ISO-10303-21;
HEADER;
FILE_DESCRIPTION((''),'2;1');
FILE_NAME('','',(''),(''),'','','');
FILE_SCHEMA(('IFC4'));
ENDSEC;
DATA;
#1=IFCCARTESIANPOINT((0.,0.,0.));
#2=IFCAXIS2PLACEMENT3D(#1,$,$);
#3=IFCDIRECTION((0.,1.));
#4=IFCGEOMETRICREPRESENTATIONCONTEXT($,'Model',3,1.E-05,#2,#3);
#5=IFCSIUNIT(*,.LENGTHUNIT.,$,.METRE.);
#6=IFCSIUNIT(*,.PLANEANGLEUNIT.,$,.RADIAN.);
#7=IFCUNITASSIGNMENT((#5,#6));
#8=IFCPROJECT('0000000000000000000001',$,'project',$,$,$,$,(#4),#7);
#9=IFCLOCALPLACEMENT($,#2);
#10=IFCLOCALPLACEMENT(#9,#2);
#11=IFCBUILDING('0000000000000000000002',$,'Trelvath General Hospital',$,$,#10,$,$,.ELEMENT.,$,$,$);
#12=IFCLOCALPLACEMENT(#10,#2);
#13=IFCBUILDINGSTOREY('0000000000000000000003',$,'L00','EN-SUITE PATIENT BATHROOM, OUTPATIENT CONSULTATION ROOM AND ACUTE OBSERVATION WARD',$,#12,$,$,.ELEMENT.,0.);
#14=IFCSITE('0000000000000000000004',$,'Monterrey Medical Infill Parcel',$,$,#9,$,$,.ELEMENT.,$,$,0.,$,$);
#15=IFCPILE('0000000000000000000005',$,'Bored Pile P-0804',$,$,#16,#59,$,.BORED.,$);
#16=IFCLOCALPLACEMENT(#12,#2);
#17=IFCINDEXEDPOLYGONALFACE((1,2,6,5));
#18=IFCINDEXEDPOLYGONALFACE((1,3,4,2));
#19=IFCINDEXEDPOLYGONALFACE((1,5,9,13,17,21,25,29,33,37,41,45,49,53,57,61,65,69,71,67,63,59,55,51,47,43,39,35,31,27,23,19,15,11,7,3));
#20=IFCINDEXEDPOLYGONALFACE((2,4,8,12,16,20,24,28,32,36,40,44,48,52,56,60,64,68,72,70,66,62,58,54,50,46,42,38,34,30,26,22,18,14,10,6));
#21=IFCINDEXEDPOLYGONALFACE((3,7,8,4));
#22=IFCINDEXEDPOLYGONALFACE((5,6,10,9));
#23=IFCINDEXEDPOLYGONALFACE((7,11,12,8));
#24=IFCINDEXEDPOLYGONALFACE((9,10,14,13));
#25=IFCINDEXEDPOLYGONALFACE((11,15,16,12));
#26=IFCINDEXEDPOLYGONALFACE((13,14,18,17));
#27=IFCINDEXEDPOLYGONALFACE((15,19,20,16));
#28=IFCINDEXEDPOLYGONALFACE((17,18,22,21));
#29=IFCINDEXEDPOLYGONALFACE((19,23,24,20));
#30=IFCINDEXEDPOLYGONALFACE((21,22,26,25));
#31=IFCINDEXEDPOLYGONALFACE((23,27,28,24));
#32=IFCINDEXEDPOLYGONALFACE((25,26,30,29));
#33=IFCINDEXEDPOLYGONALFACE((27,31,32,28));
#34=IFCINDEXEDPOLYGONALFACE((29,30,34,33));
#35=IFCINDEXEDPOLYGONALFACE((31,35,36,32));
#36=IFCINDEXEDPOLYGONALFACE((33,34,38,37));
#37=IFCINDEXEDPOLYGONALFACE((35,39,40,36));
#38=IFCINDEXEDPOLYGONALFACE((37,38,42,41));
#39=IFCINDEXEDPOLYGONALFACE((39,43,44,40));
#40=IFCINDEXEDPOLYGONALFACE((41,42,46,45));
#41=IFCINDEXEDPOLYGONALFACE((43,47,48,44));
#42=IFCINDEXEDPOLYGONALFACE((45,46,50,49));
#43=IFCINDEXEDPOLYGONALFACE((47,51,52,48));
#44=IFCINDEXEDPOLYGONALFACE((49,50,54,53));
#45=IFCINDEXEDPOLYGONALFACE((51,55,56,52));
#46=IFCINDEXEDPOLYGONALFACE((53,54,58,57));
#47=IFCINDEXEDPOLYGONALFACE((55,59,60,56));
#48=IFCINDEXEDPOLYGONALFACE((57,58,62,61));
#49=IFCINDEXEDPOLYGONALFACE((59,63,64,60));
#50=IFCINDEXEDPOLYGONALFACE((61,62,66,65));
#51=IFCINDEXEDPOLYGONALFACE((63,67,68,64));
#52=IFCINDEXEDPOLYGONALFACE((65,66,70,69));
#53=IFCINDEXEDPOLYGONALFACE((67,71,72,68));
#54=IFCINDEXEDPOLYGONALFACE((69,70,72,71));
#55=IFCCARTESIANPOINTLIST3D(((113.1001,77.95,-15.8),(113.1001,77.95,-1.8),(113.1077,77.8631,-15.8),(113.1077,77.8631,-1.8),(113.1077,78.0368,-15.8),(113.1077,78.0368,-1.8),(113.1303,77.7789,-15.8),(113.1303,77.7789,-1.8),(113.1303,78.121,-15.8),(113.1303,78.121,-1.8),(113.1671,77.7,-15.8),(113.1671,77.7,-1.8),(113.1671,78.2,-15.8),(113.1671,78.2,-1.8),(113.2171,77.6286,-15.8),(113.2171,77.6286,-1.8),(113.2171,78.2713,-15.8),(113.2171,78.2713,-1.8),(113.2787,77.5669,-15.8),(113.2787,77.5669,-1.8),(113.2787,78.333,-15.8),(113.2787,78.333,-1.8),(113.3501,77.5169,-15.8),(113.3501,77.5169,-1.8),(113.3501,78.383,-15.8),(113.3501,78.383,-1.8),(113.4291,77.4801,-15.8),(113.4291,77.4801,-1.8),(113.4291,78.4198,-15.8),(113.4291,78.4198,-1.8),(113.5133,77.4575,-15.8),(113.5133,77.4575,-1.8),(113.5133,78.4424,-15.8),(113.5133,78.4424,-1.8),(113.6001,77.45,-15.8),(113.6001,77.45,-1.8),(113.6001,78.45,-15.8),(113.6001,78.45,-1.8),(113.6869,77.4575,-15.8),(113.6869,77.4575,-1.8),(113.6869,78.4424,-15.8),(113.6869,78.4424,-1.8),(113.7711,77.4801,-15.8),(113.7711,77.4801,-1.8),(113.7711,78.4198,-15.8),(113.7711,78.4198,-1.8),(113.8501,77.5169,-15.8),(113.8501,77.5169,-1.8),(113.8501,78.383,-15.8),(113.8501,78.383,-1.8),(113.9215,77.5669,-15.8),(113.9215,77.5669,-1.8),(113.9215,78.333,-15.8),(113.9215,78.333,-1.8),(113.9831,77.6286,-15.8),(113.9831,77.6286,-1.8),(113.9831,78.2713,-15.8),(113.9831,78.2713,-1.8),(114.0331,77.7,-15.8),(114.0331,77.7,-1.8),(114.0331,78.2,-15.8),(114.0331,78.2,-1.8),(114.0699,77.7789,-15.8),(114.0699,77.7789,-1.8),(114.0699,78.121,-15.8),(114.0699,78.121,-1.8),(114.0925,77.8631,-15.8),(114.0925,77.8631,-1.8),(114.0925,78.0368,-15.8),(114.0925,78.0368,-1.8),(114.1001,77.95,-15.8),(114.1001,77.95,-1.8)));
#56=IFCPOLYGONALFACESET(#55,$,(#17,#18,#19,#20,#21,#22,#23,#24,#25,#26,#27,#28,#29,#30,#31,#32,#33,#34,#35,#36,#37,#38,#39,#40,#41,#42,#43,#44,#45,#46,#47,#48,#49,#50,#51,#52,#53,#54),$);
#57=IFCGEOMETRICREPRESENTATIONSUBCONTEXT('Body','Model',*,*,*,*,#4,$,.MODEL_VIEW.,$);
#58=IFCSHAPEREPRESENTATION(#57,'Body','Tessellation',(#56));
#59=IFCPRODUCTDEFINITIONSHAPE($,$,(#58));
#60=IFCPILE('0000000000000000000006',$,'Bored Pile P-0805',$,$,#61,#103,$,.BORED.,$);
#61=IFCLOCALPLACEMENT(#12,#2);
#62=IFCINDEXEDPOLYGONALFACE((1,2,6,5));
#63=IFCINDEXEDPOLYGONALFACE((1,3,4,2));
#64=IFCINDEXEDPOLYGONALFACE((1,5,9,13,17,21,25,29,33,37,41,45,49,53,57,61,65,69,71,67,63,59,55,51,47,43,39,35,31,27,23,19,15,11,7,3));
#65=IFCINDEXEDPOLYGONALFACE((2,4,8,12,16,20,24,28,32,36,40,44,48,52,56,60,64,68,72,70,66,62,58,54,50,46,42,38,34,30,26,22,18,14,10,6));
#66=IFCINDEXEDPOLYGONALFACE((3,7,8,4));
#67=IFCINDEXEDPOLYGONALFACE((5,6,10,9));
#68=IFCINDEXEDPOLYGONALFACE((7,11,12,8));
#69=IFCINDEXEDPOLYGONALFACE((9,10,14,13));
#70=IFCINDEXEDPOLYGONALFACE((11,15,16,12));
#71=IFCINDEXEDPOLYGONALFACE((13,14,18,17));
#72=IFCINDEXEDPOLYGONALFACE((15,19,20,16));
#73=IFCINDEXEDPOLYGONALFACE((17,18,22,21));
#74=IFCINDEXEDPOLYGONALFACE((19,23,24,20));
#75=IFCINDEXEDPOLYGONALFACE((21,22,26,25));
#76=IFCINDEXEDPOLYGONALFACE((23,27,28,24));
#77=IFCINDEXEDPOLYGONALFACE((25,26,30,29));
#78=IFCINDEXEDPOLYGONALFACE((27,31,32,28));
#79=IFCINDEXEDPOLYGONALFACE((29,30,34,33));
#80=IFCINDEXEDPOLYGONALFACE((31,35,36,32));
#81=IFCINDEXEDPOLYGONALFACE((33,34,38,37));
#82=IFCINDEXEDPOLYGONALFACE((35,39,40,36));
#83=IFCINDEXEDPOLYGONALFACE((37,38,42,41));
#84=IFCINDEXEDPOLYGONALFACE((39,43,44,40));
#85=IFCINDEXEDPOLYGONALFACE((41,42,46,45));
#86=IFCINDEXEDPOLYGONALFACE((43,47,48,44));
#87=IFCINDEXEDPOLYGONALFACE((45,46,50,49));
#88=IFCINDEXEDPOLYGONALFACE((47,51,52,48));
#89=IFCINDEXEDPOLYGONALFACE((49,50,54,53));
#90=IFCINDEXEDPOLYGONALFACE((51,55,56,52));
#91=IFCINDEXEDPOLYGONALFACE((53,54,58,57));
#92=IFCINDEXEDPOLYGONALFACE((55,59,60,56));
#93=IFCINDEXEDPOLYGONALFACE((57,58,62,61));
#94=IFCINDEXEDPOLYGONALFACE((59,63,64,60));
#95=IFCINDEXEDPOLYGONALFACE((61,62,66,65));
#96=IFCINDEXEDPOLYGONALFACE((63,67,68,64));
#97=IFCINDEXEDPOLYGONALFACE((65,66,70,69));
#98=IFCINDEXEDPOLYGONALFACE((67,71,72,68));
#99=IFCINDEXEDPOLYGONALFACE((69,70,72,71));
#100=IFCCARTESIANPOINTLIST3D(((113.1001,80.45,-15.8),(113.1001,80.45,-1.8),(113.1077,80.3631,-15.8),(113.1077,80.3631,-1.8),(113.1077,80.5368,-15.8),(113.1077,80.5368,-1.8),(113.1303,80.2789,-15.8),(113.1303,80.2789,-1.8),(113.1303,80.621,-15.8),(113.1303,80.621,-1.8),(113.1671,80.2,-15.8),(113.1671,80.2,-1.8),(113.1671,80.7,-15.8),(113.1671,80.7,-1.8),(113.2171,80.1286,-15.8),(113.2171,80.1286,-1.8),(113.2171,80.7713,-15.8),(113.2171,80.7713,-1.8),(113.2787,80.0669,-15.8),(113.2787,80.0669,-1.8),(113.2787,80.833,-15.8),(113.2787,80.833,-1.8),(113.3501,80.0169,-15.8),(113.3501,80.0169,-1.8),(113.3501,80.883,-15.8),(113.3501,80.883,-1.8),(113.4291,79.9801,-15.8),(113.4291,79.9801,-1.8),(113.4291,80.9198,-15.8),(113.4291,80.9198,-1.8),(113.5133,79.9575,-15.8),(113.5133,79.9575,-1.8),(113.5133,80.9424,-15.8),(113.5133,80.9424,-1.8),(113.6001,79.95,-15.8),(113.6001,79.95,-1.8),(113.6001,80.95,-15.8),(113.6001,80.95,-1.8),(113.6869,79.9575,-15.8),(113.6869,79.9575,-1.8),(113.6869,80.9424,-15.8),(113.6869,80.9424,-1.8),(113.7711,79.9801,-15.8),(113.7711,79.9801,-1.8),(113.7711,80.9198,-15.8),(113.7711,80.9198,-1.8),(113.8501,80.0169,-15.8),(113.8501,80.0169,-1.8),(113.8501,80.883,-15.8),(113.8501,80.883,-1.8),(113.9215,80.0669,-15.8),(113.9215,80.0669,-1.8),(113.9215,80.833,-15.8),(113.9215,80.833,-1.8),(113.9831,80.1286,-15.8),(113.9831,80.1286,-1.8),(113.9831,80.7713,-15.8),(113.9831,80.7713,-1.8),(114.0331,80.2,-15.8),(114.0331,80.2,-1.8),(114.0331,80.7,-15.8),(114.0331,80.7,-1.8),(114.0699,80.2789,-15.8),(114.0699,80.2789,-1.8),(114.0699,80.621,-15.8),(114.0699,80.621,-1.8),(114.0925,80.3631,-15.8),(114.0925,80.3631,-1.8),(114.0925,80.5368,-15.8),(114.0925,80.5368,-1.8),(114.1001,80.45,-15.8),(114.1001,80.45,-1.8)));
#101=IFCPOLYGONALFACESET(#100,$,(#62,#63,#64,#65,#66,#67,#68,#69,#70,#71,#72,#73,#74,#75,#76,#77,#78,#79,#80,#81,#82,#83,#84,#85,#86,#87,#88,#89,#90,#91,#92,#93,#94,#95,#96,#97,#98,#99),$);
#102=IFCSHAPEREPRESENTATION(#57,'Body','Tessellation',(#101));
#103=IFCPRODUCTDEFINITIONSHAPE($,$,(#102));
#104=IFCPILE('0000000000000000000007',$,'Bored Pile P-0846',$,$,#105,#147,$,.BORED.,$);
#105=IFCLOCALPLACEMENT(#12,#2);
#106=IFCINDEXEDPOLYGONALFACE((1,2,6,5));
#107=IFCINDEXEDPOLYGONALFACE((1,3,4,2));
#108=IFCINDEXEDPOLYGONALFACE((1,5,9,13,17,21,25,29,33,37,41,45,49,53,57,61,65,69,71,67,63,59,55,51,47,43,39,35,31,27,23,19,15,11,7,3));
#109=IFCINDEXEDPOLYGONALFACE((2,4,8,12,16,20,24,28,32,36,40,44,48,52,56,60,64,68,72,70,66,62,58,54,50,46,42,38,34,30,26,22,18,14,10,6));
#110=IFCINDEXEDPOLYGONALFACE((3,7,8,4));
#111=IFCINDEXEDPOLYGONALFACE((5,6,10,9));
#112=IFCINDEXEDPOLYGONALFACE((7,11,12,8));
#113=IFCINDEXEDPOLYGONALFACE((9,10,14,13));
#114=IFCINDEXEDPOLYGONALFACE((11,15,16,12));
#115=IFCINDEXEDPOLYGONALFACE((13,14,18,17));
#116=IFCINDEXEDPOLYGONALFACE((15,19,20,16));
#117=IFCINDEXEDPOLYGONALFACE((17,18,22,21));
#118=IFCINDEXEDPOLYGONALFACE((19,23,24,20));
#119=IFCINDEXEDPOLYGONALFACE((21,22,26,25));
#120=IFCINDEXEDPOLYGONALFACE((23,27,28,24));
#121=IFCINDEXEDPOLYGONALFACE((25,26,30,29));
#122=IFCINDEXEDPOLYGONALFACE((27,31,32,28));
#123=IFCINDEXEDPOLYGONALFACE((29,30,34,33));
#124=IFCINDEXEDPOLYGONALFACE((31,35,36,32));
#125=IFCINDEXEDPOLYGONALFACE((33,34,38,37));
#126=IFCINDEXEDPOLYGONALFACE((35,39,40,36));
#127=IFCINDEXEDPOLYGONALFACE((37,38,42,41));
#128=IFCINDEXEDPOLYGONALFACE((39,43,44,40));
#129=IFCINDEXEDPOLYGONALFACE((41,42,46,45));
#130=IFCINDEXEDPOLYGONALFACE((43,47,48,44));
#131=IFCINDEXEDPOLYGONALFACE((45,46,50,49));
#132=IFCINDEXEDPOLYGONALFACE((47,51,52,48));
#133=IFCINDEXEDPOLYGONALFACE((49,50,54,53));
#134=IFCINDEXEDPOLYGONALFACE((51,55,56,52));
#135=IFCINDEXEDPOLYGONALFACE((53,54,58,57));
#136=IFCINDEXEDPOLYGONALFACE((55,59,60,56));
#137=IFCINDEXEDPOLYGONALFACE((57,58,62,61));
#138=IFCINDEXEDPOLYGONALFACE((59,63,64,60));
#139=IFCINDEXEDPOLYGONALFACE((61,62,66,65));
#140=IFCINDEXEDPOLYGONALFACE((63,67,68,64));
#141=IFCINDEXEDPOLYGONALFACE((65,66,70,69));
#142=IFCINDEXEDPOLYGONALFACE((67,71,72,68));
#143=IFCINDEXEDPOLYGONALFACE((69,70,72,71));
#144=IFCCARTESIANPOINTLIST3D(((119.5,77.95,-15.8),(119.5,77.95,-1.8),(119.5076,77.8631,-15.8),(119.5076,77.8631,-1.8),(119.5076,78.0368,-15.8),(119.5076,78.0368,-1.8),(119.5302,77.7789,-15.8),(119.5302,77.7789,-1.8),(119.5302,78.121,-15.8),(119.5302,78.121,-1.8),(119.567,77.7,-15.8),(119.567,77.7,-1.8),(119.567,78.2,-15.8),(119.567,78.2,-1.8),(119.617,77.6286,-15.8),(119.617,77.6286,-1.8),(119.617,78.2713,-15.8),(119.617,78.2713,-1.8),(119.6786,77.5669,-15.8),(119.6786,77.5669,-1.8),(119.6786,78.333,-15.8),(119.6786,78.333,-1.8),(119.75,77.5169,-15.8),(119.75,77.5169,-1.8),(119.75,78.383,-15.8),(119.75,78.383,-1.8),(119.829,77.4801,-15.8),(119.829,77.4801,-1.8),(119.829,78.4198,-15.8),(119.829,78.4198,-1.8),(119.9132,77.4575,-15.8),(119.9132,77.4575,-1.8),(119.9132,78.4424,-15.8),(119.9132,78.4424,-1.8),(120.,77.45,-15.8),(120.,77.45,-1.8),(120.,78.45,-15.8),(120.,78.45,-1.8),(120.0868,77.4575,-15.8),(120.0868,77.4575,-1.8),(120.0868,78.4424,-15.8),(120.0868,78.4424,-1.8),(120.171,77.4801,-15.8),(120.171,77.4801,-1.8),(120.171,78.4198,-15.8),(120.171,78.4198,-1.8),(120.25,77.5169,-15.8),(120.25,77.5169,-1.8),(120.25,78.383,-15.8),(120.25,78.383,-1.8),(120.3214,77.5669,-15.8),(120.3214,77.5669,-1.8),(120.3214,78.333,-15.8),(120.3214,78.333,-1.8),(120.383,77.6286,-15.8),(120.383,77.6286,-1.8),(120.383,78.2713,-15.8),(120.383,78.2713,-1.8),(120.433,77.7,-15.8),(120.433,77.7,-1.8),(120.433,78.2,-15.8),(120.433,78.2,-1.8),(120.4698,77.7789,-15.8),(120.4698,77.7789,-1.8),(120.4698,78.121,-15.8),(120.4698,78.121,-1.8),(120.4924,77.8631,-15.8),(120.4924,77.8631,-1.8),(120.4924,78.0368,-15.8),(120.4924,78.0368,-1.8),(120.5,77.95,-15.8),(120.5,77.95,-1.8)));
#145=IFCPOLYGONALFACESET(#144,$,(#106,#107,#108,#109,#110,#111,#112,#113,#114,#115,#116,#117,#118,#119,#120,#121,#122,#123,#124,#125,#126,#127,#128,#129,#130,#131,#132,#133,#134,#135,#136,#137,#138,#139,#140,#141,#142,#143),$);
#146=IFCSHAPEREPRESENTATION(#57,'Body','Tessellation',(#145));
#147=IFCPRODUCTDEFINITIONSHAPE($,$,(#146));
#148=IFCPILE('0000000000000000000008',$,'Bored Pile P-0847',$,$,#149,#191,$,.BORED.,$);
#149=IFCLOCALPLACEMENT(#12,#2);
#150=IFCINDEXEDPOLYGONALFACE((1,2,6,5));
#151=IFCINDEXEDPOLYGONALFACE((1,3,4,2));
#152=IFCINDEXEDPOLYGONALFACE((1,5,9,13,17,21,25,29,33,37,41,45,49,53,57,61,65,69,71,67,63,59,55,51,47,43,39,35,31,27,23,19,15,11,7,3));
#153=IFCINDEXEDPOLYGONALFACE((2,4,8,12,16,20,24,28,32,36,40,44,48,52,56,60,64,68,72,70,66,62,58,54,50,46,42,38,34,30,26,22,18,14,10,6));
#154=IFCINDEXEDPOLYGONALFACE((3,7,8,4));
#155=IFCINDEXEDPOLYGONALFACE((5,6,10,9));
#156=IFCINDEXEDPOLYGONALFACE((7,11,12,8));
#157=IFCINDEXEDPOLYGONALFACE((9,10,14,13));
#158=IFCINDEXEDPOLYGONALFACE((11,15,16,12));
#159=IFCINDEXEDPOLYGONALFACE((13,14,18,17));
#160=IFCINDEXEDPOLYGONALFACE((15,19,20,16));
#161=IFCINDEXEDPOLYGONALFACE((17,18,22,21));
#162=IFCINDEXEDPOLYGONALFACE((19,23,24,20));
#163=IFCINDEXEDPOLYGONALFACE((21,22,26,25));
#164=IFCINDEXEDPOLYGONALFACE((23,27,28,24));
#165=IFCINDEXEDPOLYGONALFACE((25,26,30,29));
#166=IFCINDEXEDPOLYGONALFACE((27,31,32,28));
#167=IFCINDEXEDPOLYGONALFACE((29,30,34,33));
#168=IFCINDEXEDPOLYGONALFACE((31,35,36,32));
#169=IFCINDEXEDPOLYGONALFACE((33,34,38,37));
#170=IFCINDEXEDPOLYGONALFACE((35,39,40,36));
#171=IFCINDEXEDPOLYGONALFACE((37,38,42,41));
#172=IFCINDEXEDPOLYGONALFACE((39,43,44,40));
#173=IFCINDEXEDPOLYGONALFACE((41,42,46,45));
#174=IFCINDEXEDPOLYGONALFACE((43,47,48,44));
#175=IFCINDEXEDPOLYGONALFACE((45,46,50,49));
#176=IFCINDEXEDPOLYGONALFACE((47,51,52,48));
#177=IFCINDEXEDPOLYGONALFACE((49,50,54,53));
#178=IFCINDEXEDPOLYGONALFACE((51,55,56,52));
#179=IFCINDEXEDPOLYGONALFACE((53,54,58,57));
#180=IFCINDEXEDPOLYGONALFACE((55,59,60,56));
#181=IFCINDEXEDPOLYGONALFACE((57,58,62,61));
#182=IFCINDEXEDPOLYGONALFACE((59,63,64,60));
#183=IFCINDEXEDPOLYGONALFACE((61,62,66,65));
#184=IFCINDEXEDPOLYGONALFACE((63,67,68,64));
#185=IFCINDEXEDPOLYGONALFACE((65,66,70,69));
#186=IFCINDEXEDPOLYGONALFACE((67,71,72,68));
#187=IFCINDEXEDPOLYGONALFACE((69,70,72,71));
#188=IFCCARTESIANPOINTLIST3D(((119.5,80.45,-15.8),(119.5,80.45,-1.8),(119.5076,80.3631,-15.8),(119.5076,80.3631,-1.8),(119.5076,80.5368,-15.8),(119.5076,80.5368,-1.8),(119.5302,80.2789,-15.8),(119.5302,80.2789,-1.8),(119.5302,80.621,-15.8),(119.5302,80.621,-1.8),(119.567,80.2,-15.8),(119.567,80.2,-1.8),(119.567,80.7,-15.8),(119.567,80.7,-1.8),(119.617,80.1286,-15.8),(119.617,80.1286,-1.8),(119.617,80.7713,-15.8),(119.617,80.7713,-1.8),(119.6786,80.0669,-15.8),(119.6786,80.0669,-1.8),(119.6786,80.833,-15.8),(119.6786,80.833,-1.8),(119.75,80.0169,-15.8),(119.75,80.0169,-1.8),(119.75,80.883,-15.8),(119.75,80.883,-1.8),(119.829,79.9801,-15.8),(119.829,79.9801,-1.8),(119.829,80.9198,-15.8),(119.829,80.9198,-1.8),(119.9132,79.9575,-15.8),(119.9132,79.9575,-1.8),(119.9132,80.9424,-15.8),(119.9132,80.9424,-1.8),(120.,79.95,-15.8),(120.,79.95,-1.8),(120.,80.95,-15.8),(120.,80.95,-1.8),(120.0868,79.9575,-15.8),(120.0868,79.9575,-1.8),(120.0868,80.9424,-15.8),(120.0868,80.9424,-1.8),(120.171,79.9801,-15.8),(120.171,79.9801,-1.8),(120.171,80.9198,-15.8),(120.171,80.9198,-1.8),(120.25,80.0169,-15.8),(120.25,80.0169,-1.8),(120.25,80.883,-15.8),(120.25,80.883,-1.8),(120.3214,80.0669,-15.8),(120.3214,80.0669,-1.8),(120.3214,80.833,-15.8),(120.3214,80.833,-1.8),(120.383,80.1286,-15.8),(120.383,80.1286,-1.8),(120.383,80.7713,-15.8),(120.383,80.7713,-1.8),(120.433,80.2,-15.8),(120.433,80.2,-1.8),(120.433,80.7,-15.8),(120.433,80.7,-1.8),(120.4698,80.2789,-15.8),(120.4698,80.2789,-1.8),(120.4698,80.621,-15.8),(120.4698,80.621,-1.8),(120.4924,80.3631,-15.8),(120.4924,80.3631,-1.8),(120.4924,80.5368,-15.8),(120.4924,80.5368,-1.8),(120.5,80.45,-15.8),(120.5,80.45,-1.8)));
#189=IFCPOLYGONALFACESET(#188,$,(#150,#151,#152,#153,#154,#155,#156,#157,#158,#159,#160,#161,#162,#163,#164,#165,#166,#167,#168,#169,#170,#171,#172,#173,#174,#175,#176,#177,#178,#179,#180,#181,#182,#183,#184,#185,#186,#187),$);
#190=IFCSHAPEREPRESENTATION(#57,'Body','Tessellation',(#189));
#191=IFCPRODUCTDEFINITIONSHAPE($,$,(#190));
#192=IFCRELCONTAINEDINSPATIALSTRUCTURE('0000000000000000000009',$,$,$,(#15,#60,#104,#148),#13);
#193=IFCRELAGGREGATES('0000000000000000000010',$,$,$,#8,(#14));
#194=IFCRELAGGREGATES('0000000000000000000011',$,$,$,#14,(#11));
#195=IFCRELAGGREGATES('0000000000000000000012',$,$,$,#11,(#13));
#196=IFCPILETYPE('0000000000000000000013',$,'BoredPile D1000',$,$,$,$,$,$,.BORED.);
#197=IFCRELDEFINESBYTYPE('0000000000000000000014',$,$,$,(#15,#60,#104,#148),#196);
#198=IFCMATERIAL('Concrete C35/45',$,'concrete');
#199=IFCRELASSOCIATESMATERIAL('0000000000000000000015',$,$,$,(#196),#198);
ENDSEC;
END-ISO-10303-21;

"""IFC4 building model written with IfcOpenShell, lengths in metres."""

from ifc_helpers import new_model, si_unit, direction, frame, origin, origin_2d, place, context, subcontext, project, spatial, circle, extrude, material, material_profile, profile_set, type_object, element, save


model = new_model("IFC4")

# Units and contexts
model_context = context("Model", 3, precision=1e-05, world=origin(), true_north=direction((0.0, 1.0)))
body_context = subcontext(model_context, "Body", "Model", "MODEL_VIEW")
ifc_project = project(units=[si_unit("LENGTHUNIT", "METRE"), si_unit("PLANEANGLEUNIT", "RADIAN")], contexts=[model_context])

# Site, building, storey
site_placement = place(None, origin())
site = spatial("IfcSite", under=ifc_project, at=site_placement, Name="Monterrey Medical Infill Parcel", CompositionType="ELEMENT", RefElevation=0.0)
building_placement = place(site_placement, origin())
building = spatial("IfcBuilding", under=site, at=building_placement, Name="Trelvath General Hospital", CompositionType="ELEMENT")
storey_placement = place(building_placement, origin())
storey = spatial("IfcBuildingStorey", under=building, at=storey_placement, Name="L00", Description="EN-SUITE PATIENT BATHROOM, OUTPATIENT CONSULTATION ROOM AND ACUTE OBSERVATION WARD", CompositionType="ELEMENT", Elevation=0.0)

# Piles
ifc_material_1 = material(Name="Concrete C35/45", Category="concrete")
ifc_material_profile_1 = material_profile(ifc_material_1, circle(Radius=0.5, at=origin_2d()), Name="PILE1000")
ifc_profile_set_1 = profile_set([ifc_material_profile_1], Name="Concrete C35/45")
pile_type_1 = type_object("IfcPileType", Name="BoredPile D1000", PredefinedType="BORED", material=ifc_profile_set_1)
for number, where, z_axis, x_axis, name in (
    (1, (113.6001, 77.95, -1.8), (0.0, 0.0, -1.0), (1.0, 0.0, 0.0), "Bored Pile P-0804"),
    (2, (113.6001, 80.45, -1.8), (0.0, 0.0, -1.0), (1.0, 0.0, 0.0), "Bored Pile P-0805"),
    (3, (120.0, 77.95, -1.8), (0.0, 0.0, -1.0), (1.0, 0.0, 0.0), "Bored Pile P-0846"),
    (4, (120.0, 80.45, -1.8), (0.0, 0.0, -1.0), (1.0, 0.0, 0.0), "Bored Pile P-0847"),
):
    element("IfcPile", number, at=place(storey_placement, frame(where, z_axis=z_axis, x_axis=x_axis)), inside=storey, type_object=pile_type_1, Name=name, PredefinedType="BORED", context=body_context, shape_type="SweptSolid", body=[
        extrude(circle(Radius=0.5, at=origin_2d()), origin(), (0.0, 0.0, 1.0), 14.0),
    ])

save(model, "model.ifc")
